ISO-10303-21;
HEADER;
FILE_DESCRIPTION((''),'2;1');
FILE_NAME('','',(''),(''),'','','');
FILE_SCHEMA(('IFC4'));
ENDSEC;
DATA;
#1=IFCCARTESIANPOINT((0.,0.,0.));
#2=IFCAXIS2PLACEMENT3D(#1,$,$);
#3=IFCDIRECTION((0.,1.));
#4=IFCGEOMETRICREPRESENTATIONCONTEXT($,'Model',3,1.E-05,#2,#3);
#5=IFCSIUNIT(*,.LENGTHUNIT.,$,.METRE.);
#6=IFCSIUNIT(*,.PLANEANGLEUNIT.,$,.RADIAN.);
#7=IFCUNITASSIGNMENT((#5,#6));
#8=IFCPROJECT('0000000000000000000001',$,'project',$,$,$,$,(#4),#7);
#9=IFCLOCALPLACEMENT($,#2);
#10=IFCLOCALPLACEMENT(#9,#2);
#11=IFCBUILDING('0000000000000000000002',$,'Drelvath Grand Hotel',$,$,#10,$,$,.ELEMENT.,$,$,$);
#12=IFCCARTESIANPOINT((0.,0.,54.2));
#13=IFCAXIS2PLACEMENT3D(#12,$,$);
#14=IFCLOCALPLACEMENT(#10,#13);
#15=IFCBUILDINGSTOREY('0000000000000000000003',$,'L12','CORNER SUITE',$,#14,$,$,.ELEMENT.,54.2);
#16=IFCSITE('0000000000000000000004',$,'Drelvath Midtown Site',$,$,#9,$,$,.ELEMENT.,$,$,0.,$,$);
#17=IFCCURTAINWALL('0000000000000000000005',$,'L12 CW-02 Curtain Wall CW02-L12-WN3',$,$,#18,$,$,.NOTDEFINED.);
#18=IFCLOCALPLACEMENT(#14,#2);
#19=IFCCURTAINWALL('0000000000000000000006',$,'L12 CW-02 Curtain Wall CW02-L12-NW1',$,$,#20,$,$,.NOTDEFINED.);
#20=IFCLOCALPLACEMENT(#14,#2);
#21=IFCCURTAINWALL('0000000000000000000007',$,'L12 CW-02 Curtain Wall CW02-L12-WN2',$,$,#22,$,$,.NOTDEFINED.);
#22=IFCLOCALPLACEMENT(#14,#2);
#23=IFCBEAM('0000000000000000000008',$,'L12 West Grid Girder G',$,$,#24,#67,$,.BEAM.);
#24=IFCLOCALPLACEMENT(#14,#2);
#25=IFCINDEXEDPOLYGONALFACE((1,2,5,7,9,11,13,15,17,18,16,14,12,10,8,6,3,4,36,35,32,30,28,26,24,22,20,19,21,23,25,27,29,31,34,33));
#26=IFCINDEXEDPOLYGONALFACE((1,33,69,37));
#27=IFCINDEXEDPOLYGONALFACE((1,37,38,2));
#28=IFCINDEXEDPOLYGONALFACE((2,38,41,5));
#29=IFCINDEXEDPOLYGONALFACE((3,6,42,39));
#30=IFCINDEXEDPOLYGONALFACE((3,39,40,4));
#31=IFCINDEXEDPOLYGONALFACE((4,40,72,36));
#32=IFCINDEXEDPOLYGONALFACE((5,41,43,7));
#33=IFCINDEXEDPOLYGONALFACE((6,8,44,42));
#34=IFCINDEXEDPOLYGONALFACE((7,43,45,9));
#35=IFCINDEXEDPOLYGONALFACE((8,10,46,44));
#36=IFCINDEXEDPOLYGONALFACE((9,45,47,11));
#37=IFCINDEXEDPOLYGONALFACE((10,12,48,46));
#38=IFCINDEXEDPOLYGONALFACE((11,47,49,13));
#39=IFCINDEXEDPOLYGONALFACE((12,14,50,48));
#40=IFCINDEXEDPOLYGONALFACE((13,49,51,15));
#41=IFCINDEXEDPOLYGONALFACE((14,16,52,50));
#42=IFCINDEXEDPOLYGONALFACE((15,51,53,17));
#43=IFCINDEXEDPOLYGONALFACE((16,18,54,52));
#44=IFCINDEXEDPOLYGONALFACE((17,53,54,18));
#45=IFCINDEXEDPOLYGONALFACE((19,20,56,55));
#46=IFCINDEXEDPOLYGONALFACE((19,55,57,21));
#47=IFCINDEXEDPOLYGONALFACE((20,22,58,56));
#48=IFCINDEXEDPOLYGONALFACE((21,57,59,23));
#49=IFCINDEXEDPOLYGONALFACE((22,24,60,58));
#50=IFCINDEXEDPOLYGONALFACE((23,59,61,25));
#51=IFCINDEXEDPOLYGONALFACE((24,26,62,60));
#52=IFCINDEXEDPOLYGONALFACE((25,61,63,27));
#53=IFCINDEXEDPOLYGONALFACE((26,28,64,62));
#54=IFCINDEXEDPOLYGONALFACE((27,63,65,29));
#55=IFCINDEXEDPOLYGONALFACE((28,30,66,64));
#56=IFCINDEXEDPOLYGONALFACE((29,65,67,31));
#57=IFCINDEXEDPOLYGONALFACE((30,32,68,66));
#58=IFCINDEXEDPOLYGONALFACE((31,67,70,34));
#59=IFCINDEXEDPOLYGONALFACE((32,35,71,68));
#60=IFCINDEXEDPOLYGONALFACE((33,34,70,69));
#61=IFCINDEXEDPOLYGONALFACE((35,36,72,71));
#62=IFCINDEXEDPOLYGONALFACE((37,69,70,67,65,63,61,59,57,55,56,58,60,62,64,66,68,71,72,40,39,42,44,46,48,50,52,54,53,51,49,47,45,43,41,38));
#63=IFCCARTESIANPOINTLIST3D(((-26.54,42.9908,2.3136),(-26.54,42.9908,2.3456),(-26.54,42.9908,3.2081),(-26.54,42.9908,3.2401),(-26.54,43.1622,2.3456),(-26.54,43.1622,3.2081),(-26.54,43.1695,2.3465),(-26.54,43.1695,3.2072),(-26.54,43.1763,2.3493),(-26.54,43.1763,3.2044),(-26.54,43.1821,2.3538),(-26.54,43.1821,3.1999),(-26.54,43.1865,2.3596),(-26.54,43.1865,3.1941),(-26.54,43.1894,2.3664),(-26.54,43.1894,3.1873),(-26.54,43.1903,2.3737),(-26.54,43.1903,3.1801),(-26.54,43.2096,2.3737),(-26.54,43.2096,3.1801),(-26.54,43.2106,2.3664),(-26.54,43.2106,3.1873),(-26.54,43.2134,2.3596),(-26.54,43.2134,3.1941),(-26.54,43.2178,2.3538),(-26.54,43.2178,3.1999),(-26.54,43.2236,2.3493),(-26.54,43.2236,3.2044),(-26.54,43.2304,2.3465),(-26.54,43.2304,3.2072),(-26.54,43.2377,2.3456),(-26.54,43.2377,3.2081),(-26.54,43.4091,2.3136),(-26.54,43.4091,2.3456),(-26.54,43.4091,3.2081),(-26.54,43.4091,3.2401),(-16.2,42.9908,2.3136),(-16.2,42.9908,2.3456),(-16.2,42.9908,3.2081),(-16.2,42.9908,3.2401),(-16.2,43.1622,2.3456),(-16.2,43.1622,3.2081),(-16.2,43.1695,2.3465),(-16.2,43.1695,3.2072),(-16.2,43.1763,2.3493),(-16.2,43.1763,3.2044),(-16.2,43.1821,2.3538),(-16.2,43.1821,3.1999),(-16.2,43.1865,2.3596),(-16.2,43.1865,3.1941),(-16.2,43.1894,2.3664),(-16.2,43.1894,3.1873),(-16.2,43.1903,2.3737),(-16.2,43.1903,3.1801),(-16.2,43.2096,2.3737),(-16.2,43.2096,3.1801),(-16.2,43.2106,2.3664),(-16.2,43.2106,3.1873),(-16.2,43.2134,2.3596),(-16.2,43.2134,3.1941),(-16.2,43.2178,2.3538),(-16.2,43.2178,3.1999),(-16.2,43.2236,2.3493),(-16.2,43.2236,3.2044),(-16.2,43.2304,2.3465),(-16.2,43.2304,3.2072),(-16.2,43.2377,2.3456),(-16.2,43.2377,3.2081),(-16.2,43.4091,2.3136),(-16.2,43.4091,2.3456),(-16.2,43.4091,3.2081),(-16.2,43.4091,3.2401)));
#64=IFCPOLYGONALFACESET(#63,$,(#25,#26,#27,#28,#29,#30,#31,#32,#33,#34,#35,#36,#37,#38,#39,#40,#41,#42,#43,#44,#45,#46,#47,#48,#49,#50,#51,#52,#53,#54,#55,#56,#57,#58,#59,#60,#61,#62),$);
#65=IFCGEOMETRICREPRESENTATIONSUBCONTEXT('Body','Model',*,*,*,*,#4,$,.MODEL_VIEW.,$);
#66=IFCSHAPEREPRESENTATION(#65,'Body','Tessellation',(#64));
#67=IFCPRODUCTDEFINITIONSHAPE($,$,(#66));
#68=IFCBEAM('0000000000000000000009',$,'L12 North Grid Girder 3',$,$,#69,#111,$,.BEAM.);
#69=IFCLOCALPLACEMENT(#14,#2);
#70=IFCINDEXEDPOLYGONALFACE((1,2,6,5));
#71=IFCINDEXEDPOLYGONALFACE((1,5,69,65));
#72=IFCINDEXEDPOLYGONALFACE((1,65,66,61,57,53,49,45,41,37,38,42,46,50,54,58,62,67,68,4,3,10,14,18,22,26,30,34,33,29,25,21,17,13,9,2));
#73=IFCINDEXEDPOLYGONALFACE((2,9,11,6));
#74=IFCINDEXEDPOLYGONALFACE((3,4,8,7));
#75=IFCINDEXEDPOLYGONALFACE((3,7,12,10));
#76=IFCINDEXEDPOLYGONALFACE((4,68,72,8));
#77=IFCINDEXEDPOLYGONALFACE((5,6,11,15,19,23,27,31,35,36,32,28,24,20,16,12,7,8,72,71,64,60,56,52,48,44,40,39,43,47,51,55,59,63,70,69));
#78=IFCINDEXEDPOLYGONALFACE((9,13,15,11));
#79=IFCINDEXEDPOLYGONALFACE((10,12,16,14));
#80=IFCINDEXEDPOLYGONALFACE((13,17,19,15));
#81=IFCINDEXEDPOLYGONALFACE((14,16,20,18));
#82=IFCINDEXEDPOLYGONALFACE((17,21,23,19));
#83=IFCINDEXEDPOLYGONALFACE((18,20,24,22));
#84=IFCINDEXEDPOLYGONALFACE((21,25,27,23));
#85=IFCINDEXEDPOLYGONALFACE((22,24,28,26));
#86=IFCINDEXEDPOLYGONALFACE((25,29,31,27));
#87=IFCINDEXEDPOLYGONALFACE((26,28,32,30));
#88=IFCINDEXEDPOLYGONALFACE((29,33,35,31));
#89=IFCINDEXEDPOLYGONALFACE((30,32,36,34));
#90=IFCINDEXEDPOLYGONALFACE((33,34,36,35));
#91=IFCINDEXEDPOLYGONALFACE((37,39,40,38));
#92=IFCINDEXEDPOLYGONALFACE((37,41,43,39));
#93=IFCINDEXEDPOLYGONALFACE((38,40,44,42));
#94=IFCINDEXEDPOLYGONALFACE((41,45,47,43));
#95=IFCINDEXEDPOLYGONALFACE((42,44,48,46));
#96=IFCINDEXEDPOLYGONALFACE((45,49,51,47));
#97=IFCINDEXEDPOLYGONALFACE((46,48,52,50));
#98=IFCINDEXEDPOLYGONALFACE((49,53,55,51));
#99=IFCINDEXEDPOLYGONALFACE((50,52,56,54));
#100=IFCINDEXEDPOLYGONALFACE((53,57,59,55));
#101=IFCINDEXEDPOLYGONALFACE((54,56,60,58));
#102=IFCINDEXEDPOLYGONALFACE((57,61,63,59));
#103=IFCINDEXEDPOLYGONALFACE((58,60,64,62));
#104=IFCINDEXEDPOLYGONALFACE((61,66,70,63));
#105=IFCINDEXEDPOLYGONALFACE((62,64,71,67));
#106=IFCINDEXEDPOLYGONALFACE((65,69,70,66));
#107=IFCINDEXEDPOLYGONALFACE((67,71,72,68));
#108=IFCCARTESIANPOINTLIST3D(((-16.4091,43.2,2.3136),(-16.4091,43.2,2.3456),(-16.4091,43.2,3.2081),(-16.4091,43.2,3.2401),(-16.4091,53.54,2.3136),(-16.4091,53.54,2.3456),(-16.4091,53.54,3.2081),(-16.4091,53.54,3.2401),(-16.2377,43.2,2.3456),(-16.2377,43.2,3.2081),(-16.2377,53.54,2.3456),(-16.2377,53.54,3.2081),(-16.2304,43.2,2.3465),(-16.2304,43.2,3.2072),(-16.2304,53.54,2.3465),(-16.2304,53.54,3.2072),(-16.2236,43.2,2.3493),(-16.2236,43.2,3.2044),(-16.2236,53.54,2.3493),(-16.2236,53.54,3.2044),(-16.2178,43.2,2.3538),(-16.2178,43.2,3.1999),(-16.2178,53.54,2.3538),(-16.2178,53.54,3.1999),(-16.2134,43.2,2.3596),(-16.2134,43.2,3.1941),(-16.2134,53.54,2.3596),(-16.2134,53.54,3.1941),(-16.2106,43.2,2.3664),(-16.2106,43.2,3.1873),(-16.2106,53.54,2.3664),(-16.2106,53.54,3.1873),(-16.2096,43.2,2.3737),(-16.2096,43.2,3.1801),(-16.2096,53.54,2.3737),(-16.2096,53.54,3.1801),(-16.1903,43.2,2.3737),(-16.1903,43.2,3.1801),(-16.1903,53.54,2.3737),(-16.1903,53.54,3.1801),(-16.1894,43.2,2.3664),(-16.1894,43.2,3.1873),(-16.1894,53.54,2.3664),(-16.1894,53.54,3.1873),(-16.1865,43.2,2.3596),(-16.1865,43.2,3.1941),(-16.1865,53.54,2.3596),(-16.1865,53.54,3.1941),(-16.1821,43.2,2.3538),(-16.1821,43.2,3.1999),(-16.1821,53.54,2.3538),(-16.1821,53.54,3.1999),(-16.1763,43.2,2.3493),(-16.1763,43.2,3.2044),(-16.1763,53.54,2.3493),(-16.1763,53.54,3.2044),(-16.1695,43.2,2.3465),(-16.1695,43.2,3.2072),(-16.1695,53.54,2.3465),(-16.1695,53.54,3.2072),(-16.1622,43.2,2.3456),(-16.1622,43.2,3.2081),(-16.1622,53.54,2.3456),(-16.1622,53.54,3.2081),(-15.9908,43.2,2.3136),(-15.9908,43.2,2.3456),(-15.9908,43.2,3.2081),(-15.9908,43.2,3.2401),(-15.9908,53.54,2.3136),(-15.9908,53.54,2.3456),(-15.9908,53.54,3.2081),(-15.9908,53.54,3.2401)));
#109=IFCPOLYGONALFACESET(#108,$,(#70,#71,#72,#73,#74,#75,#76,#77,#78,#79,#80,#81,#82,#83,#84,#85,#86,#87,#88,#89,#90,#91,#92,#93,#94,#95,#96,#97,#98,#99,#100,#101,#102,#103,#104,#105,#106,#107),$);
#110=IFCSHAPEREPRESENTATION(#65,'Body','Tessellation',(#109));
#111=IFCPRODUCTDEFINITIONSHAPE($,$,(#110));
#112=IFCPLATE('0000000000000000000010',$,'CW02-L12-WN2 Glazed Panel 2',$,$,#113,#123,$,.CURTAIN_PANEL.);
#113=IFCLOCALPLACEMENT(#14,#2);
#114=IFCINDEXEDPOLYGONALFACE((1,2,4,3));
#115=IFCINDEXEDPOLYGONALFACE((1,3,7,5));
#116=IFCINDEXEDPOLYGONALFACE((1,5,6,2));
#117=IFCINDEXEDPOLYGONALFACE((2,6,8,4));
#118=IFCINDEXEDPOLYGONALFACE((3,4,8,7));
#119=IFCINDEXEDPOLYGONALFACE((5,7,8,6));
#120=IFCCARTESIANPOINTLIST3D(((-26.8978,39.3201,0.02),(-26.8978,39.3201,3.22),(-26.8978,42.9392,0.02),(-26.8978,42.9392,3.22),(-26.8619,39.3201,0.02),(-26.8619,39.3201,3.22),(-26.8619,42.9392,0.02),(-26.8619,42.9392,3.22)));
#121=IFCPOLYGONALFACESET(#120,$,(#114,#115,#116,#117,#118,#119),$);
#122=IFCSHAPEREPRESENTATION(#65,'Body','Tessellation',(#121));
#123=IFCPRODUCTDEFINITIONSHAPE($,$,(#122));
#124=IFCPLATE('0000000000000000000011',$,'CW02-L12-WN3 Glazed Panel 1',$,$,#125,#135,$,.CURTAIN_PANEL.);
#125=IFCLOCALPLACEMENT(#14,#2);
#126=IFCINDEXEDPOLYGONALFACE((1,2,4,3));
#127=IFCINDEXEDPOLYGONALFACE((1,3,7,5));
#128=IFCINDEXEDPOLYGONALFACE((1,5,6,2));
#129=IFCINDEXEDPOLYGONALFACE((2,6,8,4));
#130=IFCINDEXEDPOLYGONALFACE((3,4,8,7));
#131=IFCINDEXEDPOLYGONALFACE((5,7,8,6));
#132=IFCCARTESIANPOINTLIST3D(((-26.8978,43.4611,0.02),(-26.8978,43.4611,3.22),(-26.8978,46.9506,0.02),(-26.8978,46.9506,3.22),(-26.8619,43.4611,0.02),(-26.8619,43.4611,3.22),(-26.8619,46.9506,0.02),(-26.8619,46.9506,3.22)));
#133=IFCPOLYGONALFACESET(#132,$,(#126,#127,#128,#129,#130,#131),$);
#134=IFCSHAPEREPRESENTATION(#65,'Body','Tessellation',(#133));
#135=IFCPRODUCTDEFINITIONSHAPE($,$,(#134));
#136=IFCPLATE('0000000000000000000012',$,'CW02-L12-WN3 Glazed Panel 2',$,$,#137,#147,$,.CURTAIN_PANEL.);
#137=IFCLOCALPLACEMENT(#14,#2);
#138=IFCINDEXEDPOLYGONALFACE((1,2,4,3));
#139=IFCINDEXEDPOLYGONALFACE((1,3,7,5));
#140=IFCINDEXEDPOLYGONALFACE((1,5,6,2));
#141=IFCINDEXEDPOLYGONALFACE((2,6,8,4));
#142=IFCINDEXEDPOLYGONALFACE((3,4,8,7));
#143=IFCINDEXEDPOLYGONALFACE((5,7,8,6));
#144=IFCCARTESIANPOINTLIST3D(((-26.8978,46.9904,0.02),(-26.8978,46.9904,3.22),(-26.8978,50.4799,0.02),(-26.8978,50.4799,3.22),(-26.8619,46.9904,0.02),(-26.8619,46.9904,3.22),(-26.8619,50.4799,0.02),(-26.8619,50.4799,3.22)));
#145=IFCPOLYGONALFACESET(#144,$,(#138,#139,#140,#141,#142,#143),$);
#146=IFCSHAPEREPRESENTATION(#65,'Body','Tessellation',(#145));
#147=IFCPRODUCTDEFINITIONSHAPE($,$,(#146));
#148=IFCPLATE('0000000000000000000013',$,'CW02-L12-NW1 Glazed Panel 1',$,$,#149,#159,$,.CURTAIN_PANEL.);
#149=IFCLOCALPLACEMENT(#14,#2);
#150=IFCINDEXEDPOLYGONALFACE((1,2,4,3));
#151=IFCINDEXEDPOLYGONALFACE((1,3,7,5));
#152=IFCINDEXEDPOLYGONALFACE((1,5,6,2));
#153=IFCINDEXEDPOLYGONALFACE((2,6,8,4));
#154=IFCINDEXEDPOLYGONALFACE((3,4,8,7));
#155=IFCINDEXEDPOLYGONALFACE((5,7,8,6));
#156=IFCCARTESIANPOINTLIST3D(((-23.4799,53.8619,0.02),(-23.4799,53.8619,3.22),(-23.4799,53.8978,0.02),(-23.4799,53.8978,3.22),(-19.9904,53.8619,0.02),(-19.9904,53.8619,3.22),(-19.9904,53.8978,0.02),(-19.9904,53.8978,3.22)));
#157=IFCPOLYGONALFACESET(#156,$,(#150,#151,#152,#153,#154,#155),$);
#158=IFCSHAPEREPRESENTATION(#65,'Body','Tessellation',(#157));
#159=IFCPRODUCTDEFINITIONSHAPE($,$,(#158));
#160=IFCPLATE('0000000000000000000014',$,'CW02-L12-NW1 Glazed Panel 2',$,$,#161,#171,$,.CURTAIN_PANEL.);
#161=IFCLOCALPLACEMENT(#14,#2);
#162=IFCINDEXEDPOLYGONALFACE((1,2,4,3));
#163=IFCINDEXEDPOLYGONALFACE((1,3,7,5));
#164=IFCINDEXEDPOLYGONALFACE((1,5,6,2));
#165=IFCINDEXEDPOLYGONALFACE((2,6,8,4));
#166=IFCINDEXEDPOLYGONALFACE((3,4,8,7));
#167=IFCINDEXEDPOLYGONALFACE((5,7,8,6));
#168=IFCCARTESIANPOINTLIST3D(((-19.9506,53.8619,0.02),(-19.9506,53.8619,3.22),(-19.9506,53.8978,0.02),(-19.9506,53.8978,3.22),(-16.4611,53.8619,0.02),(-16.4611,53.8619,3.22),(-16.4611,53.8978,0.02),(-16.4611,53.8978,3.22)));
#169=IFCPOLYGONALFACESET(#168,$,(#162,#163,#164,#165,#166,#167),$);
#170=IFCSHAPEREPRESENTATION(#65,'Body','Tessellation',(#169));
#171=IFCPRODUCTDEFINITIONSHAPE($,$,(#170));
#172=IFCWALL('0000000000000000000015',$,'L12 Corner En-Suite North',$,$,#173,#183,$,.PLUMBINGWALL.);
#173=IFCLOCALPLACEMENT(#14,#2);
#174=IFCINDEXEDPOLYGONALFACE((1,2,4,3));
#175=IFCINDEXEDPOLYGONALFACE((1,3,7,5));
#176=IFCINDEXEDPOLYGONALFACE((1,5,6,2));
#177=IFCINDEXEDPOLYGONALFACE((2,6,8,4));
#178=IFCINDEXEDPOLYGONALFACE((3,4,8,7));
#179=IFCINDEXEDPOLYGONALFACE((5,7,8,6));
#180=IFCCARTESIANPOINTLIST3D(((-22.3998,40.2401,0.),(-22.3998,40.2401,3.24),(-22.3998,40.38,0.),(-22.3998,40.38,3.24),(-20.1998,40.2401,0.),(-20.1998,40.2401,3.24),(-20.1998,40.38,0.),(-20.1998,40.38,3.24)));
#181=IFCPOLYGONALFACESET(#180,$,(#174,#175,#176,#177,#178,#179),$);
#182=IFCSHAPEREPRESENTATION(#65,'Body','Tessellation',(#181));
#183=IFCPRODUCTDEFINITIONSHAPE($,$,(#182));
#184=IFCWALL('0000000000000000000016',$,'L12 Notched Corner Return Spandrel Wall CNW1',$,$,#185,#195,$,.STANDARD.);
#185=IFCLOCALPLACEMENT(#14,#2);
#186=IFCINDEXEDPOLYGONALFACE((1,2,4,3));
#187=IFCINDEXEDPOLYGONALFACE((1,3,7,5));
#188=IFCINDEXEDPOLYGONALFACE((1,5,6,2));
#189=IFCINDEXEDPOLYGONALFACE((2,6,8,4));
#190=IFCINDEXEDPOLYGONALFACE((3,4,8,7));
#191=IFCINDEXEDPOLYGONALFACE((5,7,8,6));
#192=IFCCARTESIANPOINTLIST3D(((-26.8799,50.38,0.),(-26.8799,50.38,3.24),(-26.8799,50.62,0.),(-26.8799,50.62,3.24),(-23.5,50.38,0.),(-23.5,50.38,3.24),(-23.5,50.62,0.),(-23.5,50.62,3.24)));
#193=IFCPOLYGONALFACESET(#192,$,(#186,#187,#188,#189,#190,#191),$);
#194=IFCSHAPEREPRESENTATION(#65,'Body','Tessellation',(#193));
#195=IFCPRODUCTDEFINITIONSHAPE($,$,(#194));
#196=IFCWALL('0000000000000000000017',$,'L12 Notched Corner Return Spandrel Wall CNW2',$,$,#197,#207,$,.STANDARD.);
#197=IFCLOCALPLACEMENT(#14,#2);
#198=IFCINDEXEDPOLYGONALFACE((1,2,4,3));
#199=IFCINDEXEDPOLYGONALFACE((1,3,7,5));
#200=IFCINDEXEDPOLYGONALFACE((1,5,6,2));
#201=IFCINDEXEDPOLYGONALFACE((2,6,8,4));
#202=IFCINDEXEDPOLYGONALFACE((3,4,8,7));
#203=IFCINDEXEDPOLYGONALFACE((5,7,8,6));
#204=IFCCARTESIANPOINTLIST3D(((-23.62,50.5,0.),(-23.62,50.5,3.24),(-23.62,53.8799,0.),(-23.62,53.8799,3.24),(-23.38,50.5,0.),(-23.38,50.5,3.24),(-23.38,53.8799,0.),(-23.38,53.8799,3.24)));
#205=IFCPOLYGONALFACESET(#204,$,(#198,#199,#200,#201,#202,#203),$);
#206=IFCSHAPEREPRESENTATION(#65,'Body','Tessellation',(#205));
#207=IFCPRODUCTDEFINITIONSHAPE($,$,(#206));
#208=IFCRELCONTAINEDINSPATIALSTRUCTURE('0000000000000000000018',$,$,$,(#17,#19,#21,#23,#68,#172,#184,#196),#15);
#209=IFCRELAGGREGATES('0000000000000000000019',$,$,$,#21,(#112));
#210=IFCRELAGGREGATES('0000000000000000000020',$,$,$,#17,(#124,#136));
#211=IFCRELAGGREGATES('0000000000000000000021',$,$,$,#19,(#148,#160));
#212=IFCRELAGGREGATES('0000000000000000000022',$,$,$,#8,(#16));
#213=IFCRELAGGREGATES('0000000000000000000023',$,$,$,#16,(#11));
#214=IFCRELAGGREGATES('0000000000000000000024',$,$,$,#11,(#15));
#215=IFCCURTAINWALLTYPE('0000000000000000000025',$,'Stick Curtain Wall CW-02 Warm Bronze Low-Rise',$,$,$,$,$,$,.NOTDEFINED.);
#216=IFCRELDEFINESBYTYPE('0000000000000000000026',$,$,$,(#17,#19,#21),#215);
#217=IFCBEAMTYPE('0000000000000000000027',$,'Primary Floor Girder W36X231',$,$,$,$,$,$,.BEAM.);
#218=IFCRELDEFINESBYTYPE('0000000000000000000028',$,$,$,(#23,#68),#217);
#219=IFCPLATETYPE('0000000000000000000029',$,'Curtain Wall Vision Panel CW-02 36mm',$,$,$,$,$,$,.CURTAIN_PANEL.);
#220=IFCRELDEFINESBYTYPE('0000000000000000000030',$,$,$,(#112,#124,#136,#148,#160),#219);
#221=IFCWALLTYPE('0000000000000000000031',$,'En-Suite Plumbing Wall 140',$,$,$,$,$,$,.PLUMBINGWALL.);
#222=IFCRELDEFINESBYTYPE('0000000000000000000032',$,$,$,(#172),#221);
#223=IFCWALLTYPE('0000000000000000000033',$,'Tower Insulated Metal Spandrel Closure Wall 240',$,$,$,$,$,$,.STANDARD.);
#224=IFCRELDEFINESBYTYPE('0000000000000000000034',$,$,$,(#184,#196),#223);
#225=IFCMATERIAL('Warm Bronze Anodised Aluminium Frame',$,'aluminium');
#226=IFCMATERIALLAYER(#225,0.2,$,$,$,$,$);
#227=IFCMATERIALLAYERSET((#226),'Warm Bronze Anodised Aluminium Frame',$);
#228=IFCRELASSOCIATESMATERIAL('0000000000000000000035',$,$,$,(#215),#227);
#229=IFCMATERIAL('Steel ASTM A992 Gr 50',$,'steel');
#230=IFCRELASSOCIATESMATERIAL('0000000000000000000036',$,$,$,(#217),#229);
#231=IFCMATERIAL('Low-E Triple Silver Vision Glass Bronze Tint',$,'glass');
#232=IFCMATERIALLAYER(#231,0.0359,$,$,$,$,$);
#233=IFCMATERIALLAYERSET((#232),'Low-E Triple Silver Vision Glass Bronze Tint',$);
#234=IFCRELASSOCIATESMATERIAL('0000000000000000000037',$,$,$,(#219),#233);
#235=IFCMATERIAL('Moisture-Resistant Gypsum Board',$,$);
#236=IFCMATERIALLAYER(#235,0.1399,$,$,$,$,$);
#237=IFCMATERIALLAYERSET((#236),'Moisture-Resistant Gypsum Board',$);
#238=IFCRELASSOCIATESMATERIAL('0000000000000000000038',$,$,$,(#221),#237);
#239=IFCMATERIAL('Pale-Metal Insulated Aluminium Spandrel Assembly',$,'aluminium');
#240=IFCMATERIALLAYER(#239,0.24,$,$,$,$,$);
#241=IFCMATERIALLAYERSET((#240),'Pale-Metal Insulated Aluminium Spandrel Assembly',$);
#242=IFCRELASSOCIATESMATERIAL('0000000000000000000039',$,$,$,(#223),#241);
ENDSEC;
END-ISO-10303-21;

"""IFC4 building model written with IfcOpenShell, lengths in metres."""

from ifc_helpers import new_model, si_unit, direction, frame, frame_2d, origin, origin_2d, place, context, subcontext, project, spatial, rectangle, i_section, extrude, material, layer, layer_set, material_profile, profile_set, type_object, element, aggregate, save


model = new_model("IFC4")

# Units and contexts
model_context = context("Model", 3, precision=1e-05, world=origin(), true_north=direction((0.0, 1.0)))
body_context = subcontext(model_context, "Body", "Model", "MODEL_VIEW")
ifc_project = project(units=[si_unit("LENGTHUNIT", "METRE"), si_unit("PLANEANGLEUNIT", "RADIAN")], contexts=[model_context])

# Site, building, storey
site_placement = place(None, origin())
site = spatial("IfcSite", under=ifc_project, at=site_placement, Name="Drelvath Midtown Site", CompositionType="ELEMENT", RefElevation=0.0)
building_placement = place(site_placement, origin())
building = spatial("IfcBuilding", under=site, at=building_placement, Name="Drelvath Grand Hotel", CompositionType="ELEMENT")
storey_placement = place(building_placement, frame((0.0, 0.0, 54.2)))
storey = spatial("IfcBuildingStorey", under=building, at=storey_placement, Name="L12", Description="CORNER SUITE", CompositionType="ELEMENT", Elevation=54.2)

# Shared definitions
ifc_material_1 = material(Name="Steel ASTM A992 Gr 50", Category="steel")

# Curtain walls
ifc_material_2 = material(Name="Warm Bronze Anodised Aluminium Frame", Category="aluminium")
ifc_layer_1 = layer(ifc_material_2, 0.2)
ifc_layer_set_1 = layer_set([ifc_layer_1], Name="Warm Bronze Anodised Aluminium Frame")
curtain_wall_type = type_object("IfcCurtainWallType", Name="Stick Curtain Wall CW-02 Warm Bronze Low-Rise", PredefinedType="NOTDEFINED", material=ifc_layer_set_1)
curtain_wall_1_placement = place(storey_placement, origin())
curtain_wall_1 = element("IfcCurtainWall", 1, at=curtain_wall_1_placement, inside=storey, type_object=curtain_wall_type, Name="L12 CW-02 Curtain Wall CW02-L12-WN3", PredefinedType="NOTDEFINED")
curtain_wall_2_placement = place(storey_placement, origin())
curtain_wall_2 = element("IfcCurtainWall", 2, at=curtain_wall_2_placement, inside=storey, type_object=curtain_wall_type, Name="L12 CW-02 Curtain Wall CW02-L12-NW1", PredefinedType="NOTDEFINED")

# Curtain wall
curtain_wall_3_placement = place(storey_placement, origin())
curtain_wall_3 = element("IfcCurtainWall", 3, at=curtain_wall_3_placement, inside=storey, type_object=curtain_wall_type, Name="L12 CW-02 Curtain Wall CW02-L12-WN2", PredefinedType="NOTDEFINED")

# Beams
ifc_material_profile_1 = material_profile(ifc_material_1, i_section(OverallWidth=0.4182, OverallDepth=0.9265, WebThickness=0.0193, FlangeThickness=0.032, FilletRadius=0.0281, at=origin_2d()), Name="W36X231")
ifc_profile_set_1 = profile_set([ifc_material_profile_1], Name="Steel ASTM A992 Gr 50")
beam_type_1 = type_object("IfcBeamType", Name="Primary Floor Girder W36X231", PredefinedType="BEAM", material=ifc_profile_set_1)
for number, where, z_axis, x_axis, name in (
    (4, (-26.54, 43.2, 2.7769), (1.0, 0.0, 0.0), (0.0, 1.0, 0.0), "L12 West Grid Girder G"),
    (5, (-16.2, 43.2, 2.7769), (0.0, 1.0, 0.0), (-1.0, 0.0, 0.0), "L12 North Grid Girder 3"),
):
    element("IfcBeam", number, at=place(storey_placement, frame(where, z_axis=z_axis, x_axis=x_axis)), inside=storey, type_object=beam_type_1, Name=name, PredefinedType="BEAM", context=body_context, shape_type="SweptSolid", body=[
        extrude(i_section(OverallWidth=0.4182, OverallDepth=0.9265, WebThickness=0.0193, FlangeThickness=0.032, FilletRadius=0.0281, at=origin_2d()), origin(), (0.0, 0.0, 1.0), 10.3401),
    ])

# Plates
ifc_material_3 = material(Name="Low-E Triple Silver Vision Glass Bronze Tint", Category="glass")
ifc_layer_2 = layer(ifc_material_3, 0.0359)
ifc_layer_set_2 = layer_set([ifc_layer_2], Name="Low-E Triple Silver Vision Glass Bronze Tint")
plate_type = type_object("IfcPlateType", Name="Curtain Wall Vision Panel CW-02 36mm", PredefinedType="CURTAIN_PANEL", material=ifc_layer_set_2)
plate_1_placement = place(storey_placement, frame((-26.8799, 41.1296, 0.02), z_axis=(0.0, 0.0, 1.0), x_axis=(0.0, 1.0, 0.0)))
plate_1 = element("IfcPlate", 6, at=plate_1_placement, type_object=plate_type, Name="CW02-L12-WN2 Glazed Panel 2", PredefinedType="CURTAIN_PANEL", context=body_context, shape_type="SweptSolid", body=[
    extrude(rectangle(XDim=3.6191, YDim=0.0359, at=origin_2d()), origin(), (0.0, 0.0, 1.0), 3.2),
])
aggregate(curtain_wall_3, [plate_1])
plate_2_placement = place(storey_placement, frame((-26.8799, 45.2058, 0.02), z_axis=(0.0, 0.0, 1.0), x_axis=(0.0, 1.0, 0.0)))
plate_2 = element("IfcPlate", 7, at=plate_2_placement, type_object=plate_type, Name="CW02-L12-WN3 Glazed Panel 1", PredefinedType="CURTAIN_PANEL", context=body_context, shape_type="SweptSolid", body=[
    extrude(rectangle(XDim=3.4895, YDim=0.0359, at=origin_2d()), origin(), (0.0, 0.0, 1.0), 3.2),
])
plate_3_placement = place(storey_placement, frame((-26.8799, 48.7351, 0.02), z_axis=(0.0, 0.0, 1.0), x_axis=(0.0, 1.0, 0.0)))
plate_3 = element("IfcPlate", 8, at=plate_3_placement, type_object=plate_type, Name="CW02-L12-WN3 Glazed Panel 2", PredefinedType="CURTAIN_PANEL", context=body_context, shape_type="SweptSolid", body=[
    extrude(rectangle(XDim=3.4895, YDim=0.0359, at=origin_2d()), origin(), (0.0, 0.0, 1.0), 3.2),
])
aggregate(curtain_wall_1, [plate_2, plate_3])
plate_4_placement = place(storey_placement, frame((-21.7351, 53.8799, 0.02), z_axis=(0.0, 0.0, 1.0), x_axis=(1.0, 0.0, 0.0)))
plate_4 = element("IfcPlate", 9, at=plate_4_placement, type_object=plate_type, Name="CW02-L12-NW1 Glazed Panel 1", PredefinedType="CURTAIN_PANEL", context=body_context, shape_type="SweptSolid", body=[
    extrude(rectangle(XDim=3.4895, YDim=0.0359, at=origin_2d()), origin(), (0.0, 0.0, 1.0), 3.2),
])
plate_5_placement = place(storey_placement, frame((-18.2058, 53.8799, 0.02), z_axis=(0.0, 0.0, 1.0), x_axis=(1.0, 0.0, 0.0)))
plate_5 = element("IfcPlate", 10, at=plate_5_placement, type_object=plate_type, Name="CW02-L12-NW1 Glazed Panel 2", PredefinedType="CURTAIN_PANEL", context=body_context, shape_type="SweptSolid", body=[
    extrude(rectangle(XDim=3.4895, YDim=0.0359, at=origin_2d()), origin(), (0.0, 0.0, 1.0), 3.2),
])
aggregate(curtain_wall_2, [plate_4, plate_5])

# Walls
ifc_material_4 = material(Name="Moisture-Resistant Gypsum Board")
ifc_layer_3 = layer(ifc_material_4, 0.1399)
ifc_layer_set_3 = layer_set([ifc_layer_3], Name="Moisture-Resistant Gypsum Board")
wall_type_1 = type_object("IfcWallType", Name="En-Suite Plumbing Wall 140", PredefinedType="PLUMBINGWALL", material=ifc_layer_set_3)
wall_placement = place(storey_placement, frame((-22.3999, 40.3101, 0.0), z_axis=(0.0, 0.0, 1.0), x_axis=(1.0, 0.0, 0.0)))
element("IfcWall", 11, at=wall_placement, inside=storey, type_object=wall_type_1, Name="L12 Corner En-Suite North", PredefinedType="PLUMBINGWALL", context=body_context, shape_type="SweptSolid", body=[
    extrude(rectangle(XDim=2.2, YDim=0.1399, at=frame_2d((1.1001, 0.0))), origin(), (0.0, 0.0, 1.0), 3.24),
])
ifc_material_5 = material(Name="Pale-Metal Insulated Aluminium Spandrel Assembly", Category="aluminium")
ifc_layer_4 = layer(ifc_material_5, 0.24)
ifc_layer_set_4 = layer_set([ifc_layer_4], Name="Pale-Metal Insulated Aluminium Spandrel Assembly")
wall_type_2 = type_object("IfcWallType", Name="Tower Insulated Metal Spandrel Closure Wall 240", PredefinedType="STANDARD", material=ifc_layer_set_4)
for number, where, z_axis, x_axis, name in (
    (12, (-26.8799, 50.5, 0.0), (0.0, 0.0, 1.0), (1.0, 0.0, 0.0), "L12 Notched Corner Return Spandrel Wall CNW1"),
    (13, (-23.5, 50.5, 0.0), (0.0, 0.0, 1.0), (0.0, 1.0, 0.0), "L12 Notched Corner Return Spandrel Wall CNW2"),
):
    element("IfcWall", number, at=place(storey_placement, frame(where, z_axis=z_axis, x_axis=x_axis)), inside=storey, type_object=wall_type_2, Name=name, PredefinedType="STANDARD", context=body_context, shape_type="SweptSolid", body=[
        extrude(rectangle(XDim=3.3799, YDim=0.24, at=frame_2d((1.6899, 0.0))), origin(), (0.0, 0.0, 1.0), 3.24),
    ])

save(model, "model.ifc")
